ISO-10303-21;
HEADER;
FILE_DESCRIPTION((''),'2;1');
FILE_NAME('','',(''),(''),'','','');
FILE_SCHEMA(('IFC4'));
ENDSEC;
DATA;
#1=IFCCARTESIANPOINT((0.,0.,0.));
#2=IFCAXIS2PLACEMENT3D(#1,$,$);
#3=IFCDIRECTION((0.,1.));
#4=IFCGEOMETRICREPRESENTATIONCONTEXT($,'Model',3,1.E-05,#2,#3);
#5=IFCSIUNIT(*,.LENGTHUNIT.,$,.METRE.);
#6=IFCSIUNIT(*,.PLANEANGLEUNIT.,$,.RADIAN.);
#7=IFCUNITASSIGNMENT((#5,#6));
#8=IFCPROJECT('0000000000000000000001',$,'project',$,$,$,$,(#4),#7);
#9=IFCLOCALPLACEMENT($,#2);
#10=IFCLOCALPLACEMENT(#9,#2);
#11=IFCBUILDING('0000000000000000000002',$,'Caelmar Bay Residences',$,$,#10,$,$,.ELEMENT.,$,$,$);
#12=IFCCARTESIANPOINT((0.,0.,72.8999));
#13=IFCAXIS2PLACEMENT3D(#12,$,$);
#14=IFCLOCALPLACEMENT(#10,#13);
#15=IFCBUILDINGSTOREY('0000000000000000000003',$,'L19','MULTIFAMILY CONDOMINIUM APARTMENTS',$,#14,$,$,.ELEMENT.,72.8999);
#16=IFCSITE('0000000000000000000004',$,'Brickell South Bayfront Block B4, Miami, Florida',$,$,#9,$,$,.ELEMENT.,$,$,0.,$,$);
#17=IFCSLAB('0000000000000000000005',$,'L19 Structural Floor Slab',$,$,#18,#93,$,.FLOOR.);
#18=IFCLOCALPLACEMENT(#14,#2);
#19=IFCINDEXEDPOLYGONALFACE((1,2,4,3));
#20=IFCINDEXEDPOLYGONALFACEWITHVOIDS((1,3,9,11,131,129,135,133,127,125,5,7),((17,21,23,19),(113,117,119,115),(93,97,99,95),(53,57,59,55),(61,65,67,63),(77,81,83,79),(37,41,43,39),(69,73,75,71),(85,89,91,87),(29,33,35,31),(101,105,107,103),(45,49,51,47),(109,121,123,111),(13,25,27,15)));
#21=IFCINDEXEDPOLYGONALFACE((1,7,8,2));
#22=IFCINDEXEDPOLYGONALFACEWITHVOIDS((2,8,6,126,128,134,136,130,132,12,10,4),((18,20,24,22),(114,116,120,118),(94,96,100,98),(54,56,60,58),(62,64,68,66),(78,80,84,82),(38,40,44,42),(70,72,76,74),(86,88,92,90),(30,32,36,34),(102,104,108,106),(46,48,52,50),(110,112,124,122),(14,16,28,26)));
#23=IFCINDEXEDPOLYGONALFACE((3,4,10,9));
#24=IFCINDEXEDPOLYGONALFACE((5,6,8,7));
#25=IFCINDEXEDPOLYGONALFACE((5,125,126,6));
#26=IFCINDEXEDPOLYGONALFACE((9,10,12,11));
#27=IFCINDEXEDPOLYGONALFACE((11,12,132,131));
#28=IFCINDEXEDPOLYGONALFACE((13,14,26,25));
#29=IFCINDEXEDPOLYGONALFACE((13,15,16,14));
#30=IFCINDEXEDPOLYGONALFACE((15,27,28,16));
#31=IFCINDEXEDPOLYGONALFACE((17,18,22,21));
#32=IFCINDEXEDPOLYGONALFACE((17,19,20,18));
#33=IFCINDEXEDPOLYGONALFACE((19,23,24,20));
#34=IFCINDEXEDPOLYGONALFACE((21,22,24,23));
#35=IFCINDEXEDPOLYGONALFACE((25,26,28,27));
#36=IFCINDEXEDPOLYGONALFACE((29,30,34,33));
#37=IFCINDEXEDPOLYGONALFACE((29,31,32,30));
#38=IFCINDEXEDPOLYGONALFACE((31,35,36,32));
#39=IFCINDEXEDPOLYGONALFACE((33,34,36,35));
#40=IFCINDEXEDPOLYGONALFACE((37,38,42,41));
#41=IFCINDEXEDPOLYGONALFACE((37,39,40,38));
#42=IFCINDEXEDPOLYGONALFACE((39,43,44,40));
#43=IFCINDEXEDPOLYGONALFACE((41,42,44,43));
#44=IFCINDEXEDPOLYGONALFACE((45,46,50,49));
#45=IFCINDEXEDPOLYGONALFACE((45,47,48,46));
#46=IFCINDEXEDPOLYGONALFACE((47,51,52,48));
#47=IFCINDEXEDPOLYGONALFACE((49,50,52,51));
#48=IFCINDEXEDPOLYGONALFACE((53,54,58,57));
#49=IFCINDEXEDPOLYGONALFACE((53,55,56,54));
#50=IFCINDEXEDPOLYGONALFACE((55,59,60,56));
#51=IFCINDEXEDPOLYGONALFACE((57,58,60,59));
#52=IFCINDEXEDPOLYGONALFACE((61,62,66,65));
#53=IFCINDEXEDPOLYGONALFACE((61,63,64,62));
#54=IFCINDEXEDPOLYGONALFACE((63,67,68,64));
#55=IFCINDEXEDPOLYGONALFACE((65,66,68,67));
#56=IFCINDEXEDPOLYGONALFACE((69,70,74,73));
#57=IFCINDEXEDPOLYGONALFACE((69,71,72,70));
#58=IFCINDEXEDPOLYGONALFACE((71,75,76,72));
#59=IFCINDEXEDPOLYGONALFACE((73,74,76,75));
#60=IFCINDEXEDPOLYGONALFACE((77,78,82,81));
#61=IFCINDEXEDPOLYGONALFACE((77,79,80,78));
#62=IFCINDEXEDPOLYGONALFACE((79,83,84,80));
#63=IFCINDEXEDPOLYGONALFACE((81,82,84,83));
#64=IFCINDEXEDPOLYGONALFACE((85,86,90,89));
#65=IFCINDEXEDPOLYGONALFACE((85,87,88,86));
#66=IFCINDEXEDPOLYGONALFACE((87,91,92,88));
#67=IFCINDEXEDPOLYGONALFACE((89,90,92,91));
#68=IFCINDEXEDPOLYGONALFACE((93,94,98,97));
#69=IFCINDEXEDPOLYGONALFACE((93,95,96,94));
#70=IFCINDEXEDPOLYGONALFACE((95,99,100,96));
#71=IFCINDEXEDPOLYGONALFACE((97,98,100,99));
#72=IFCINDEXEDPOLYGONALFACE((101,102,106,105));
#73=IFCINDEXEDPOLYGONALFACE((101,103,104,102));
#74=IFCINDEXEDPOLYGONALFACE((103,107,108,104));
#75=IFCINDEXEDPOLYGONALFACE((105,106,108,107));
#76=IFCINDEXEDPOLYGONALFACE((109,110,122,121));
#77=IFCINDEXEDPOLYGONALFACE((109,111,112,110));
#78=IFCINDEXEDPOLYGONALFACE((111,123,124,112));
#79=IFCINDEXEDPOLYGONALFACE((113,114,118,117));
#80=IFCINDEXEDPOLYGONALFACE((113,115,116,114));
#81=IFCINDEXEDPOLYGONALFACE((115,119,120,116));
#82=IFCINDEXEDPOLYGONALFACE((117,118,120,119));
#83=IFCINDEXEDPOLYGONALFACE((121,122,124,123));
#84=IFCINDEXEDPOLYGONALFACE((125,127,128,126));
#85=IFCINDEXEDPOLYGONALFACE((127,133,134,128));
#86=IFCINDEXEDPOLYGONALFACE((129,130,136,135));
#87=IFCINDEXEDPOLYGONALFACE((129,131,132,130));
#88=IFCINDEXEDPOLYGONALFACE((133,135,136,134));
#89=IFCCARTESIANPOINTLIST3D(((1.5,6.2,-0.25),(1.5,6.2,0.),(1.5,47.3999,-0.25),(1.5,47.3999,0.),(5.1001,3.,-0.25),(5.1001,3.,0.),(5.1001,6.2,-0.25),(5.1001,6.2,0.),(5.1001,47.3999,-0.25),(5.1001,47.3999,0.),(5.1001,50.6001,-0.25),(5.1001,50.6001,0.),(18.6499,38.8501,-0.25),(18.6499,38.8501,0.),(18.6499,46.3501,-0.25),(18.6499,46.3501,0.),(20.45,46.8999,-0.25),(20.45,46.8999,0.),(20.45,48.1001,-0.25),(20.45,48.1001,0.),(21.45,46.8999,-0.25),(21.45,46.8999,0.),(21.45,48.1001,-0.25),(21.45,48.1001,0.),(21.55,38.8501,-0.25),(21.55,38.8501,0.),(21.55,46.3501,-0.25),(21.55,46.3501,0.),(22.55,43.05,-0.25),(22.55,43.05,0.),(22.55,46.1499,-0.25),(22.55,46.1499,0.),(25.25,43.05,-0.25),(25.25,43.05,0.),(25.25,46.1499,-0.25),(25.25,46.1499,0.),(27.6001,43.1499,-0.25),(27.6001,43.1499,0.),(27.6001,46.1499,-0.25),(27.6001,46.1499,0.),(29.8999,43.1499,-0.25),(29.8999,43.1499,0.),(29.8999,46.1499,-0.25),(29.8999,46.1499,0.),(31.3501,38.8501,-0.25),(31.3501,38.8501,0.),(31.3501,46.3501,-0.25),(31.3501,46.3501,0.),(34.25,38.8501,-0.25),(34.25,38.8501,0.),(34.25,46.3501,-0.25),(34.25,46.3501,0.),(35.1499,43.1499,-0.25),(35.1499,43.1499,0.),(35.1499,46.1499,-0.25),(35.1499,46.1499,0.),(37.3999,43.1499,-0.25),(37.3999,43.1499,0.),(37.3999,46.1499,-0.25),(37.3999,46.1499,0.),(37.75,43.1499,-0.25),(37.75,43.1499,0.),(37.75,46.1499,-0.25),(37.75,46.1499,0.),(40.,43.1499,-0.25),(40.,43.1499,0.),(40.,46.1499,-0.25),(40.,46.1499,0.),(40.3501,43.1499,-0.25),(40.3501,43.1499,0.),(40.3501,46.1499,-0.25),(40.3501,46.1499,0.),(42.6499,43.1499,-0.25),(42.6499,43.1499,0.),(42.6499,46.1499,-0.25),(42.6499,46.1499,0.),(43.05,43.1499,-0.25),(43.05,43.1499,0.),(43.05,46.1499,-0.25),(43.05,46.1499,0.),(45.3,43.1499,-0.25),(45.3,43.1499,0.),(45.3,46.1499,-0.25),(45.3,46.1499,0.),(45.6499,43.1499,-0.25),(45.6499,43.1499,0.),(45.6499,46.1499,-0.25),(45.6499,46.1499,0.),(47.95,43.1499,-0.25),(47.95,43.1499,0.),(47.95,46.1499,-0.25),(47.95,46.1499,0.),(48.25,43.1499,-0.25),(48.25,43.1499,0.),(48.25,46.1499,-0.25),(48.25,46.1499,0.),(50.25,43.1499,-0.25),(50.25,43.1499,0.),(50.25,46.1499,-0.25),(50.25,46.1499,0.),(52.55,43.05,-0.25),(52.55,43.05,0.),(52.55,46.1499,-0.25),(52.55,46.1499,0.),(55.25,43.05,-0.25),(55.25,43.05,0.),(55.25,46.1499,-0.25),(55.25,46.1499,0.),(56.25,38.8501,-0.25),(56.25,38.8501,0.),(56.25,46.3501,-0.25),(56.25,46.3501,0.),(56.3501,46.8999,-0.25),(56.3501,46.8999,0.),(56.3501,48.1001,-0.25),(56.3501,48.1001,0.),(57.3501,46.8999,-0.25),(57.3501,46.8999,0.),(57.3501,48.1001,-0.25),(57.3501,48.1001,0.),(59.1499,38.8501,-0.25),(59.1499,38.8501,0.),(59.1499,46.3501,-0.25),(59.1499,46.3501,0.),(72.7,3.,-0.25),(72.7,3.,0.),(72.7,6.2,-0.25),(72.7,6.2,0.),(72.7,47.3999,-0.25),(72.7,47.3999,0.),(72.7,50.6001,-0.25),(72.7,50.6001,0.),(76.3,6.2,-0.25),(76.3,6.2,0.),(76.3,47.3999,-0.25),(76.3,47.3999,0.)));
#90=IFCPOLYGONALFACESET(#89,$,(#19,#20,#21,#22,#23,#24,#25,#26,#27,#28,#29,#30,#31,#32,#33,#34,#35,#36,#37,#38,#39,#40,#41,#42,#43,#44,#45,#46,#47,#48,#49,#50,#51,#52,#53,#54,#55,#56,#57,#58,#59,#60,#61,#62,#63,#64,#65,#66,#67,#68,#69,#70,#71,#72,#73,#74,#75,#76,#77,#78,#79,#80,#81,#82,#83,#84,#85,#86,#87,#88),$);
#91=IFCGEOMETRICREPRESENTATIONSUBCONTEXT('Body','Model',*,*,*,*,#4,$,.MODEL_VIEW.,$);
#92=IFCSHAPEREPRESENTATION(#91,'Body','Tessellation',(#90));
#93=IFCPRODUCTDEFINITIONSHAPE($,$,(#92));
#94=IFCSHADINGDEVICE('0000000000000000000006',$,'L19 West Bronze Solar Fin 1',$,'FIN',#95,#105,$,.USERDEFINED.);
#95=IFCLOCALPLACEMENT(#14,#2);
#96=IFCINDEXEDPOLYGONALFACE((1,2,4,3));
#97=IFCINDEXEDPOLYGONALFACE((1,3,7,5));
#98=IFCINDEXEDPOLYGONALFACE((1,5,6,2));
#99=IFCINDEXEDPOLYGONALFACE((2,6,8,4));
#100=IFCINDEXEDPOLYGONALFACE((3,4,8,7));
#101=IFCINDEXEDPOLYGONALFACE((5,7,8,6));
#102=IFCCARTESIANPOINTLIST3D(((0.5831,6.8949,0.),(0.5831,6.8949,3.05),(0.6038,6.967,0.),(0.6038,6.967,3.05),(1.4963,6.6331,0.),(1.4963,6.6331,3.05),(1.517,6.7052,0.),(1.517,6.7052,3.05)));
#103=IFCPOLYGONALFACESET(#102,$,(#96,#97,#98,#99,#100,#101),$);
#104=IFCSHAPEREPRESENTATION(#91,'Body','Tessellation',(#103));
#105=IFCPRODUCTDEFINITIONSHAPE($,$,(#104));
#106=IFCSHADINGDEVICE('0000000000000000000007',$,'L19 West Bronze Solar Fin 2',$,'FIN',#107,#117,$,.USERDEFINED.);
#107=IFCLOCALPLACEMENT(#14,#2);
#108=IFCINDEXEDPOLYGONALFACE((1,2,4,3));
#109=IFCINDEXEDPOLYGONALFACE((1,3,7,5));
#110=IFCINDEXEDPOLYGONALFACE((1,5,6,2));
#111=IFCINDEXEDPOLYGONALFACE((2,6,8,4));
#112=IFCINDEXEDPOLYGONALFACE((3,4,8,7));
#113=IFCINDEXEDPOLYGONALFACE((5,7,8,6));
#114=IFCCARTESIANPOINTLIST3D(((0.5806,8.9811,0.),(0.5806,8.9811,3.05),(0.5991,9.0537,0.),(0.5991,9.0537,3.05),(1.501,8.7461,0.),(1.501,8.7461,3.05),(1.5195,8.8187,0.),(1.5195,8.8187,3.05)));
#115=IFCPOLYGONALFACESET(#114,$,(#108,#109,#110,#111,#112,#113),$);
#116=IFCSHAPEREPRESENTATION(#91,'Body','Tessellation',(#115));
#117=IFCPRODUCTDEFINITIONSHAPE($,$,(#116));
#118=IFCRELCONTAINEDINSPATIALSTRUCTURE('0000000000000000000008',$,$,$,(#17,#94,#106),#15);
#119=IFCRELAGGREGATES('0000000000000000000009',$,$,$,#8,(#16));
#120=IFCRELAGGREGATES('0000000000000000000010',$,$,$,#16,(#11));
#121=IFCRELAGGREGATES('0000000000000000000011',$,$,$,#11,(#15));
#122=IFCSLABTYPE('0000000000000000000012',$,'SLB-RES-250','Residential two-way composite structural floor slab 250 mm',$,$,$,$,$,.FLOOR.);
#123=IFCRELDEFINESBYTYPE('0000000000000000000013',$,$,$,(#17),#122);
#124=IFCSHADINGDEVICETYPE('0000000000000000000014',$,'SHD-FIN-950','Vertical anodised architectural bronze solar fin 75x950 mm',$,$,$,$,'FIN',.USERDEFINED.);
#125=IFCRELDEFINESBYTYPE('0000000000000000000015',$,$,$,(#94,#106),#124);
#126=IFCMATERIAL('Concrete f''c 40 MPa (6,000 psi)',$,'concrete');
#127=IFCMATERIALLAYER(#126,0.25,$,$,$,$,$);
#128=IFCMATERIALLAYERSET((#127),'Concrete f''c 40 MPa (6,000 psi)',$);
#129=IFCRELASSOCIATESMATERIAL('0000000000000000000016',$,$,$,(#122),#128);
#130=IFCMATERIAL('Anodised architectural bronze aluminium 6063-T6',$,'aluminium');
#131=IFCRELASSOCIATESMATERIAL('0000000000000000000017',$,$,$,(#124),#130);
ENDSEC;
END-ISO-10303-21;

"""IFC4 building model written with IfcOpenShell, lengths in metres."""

from ifc_helpers import new_model, si_unit, direction, frame, origin, origin_2d, place, context, subcontext, project, spatial, polyline, rectangle, outline, extrude, material, layer, layer_set, material_profile, profile_set, type_object, element, save


model = new_model("IFC4")

# Units and contexts
model_context = context("Model", 3, precision=1e-05, world=origin(), true_north=direction((0.0, 1.0)))
body_context = subcontext(model_context, "Body", "Model", "MODEL_VIEW")
ifc_project = project(units=[si_unit("LENGTHUNIT", "METRE"), si_unit("PLANEANGLEUNIT", "RADIAN")], contexts=[model_context])

# Site, building, storey
site_placement = place(None, origin())
site = spatial("IfcSite", under=ifc_project, at=site_placement, Name="Brickell South Bayfront Block B4, Miami, Florida", CompositionType="ELEMENT", RefElevation=0.0)
building_placement = place(site_placement, origin())
building = spatial("IfcBuilding", under=site, at=building_placement, Name="Caelmar Bay Residences", CompositionType="ELEMENT")
storey_placement = place(building_placement, frame((0.0, 0.0, 72.8999)))
storey = spatial("IfcBuildingStorey", under=building, at=storey_placement, Name="L19", Description="MULTIFAMILY CONDOMINIUM APARTMENTS", CompositionType="ELEMENT", Elevation=72.8999)

# Shared definitions
ifc_material_1 = material(Name="Concrete f'c 40 MPa (6,000 psi)", Category="concrete")

# Slab
ifc_layer_1 = layer(ifc_material_1, 0.25)
ifc_layer_set_1 = layer_set([ifc_layer_1], Name="Concrete f'c 40 MPa (6,000 psi)")
slab_type_1 = type_object("IfcSlabType", Name="SLB-RES-250", Description="Residential two-way composite structural floor slab 250 mm", PredefinedType="FLOOR", material=ifc_layer_set_1)
slab_1_placement = place(storey_placement, frame((0.0, 0.0, -0.25)))
element("IfcSlab", 1, at=slab_1_placement, inside=storey, type_object=slab_type_1, Name="L19 Structural Floor Slab", PredefinedType="FLOOR", context=body_context, shape_type="SweptSolid", body=[
    extrude(outline(polyline([(5.1001, 3.0), (72.7, 3.0), (72.7, 6.2), (76.3, 6.2), (76.3, 47.3999), (72.7, 47.3999), (72.7, 50.6001), (5.1001, 50.6001), (5.1001, 47.3999), (1.5, 47.3999), (1.5, 6.2), (5.1001, 6.2), (5.1001, 3.0)]), holes=[polyline([(18.6499, 38.8501), (21.55, 38.8501), (21.55, 46.3501), (18.6499, 46.3501), (18.6499, 38.8501)]), polyline([(56.25, 38.8501), (59.1499, 38.8501), (59.1499, 46.3501), (56.25, 46.3501), (56.25, 38.8501)]), polyline([(31.3501, 38.8501), (34.25, 38.8501), (34.25, 46.3501), (31.3501, 46.3501), (31.3501, 38.8501)]), polyline([(22.55, 43.05), (25.25, 43.05), (25.25, 46.1499), (22.55, 46.1499), (22.55, 43.05)]), polyline([(52.55, 43.05), (55.25, 43.05), (55.25, 46.1499), (52.55, 46.1499), (52.55, 43.05)]), polyline([(35.1499, 43.1499), (37.3999, 43.1499), (37.3999, 46.1499), (35.1499, 46.1499), (35.1499, 43.1499)]), polyline([(37.75, 43.1499), (40.0, 43.1499), (40.0, 46.1499), (37.75, 46.1499), (37.75, 43.1499)]), polyline([(40.3501, 43.1499), (42.6499, 43.1499), (42.6499, 46.1499), (40.3501, 46.1499), (40.3501, 43.1499)]), polyline([(43.05, 43.1499), (45.3, 43.1499), (45.3, 46.1499), (43.05, 46.1499), (43.05, 43.1499)]), polyline([(45.6499, 43.1499), (47.95, 43.1499), (47.95, 46.1499), (45.6499, 46.1499), (45.6499, 43.1499)]), polyline([(48.25, 43.1499), (50.25, 43.1499), (50.25, 46.1499), (48.25, 46.1499), (48.25, 43.1499)]), polyline([(27.6001, 43.1499), (29.8999, 43.1499), (29.8999, 46.1499), (27.6001, 46.1499), (27.6001, 43.1499)]), polyline([(20.45, 46.8999), (21.45, 46.8999), (21.45, 48.1001), (20.45, 48.1001), (20.45, 46.8999)]), polyline([(56.3501, 46.8999), (57.3501, 46.8999), (57.3501, 48.1001), (56.3501, 48.1001), (56.3501, 46.8999)])]), origin(), (0.0, 0.0, 1.0), 0.25),
])

# Shading devices
ifc_material_2 = material(Name="Anodised architectural bronze aluminium 6063-T6", Category="aluminium")
ifc_material_profile_1 = material_profile(ifc_material_2, rectangle(XDim=0.075, YDim=0.95, at=origin_2d()), Name="BRONZE-FIN-75X950")
ifc_profile_set_1 = profile_set([ifc_material_profile_1], Name="Anodised architectural bronze aluminium 6063-T6")
shading_device_type = type_object("IfcShadingDeviceType", Name="SHD-FIN-950", Description="Vertical anodised architectural bronze solar fin 75x950 mm", ElementType="FIN", PredefinedType="USERDEFINED", material=ifc_profile_set_1)
for number, where, z_axis, x_axis, name in (
    (2, (1.05, 6.8, 0.0), (0.0, 0.0, 1.0), (0.275637, 0.961262, 0.0), "L19 West Bronze Solar Fin 1"),
    (3, (1.05, 8.8999, 0.0), (0.0, 0.0, 1.0), (0.247337, 0.968929, 0.0), "L19 West Bronze Solar Fin 2"),
):
    element("IfcShadingDevice", number, at=place(storey_placement, frame(where, z_axis=z_axis, x_axis=x_axis)), inside=storey, type_object=shading_device_type, Name=name, ObjectType="FIN", PredefinedType="USERDEFINED", context=body_context, shape_type="SweptSolid", body=[
        extrude(rectangle(XDim=0.075, YDim=0.95, at=origin_2d()), origin(), (0.0, 0.0, 1.0), 3.05),
    ])

save(model, "model.ifc")
